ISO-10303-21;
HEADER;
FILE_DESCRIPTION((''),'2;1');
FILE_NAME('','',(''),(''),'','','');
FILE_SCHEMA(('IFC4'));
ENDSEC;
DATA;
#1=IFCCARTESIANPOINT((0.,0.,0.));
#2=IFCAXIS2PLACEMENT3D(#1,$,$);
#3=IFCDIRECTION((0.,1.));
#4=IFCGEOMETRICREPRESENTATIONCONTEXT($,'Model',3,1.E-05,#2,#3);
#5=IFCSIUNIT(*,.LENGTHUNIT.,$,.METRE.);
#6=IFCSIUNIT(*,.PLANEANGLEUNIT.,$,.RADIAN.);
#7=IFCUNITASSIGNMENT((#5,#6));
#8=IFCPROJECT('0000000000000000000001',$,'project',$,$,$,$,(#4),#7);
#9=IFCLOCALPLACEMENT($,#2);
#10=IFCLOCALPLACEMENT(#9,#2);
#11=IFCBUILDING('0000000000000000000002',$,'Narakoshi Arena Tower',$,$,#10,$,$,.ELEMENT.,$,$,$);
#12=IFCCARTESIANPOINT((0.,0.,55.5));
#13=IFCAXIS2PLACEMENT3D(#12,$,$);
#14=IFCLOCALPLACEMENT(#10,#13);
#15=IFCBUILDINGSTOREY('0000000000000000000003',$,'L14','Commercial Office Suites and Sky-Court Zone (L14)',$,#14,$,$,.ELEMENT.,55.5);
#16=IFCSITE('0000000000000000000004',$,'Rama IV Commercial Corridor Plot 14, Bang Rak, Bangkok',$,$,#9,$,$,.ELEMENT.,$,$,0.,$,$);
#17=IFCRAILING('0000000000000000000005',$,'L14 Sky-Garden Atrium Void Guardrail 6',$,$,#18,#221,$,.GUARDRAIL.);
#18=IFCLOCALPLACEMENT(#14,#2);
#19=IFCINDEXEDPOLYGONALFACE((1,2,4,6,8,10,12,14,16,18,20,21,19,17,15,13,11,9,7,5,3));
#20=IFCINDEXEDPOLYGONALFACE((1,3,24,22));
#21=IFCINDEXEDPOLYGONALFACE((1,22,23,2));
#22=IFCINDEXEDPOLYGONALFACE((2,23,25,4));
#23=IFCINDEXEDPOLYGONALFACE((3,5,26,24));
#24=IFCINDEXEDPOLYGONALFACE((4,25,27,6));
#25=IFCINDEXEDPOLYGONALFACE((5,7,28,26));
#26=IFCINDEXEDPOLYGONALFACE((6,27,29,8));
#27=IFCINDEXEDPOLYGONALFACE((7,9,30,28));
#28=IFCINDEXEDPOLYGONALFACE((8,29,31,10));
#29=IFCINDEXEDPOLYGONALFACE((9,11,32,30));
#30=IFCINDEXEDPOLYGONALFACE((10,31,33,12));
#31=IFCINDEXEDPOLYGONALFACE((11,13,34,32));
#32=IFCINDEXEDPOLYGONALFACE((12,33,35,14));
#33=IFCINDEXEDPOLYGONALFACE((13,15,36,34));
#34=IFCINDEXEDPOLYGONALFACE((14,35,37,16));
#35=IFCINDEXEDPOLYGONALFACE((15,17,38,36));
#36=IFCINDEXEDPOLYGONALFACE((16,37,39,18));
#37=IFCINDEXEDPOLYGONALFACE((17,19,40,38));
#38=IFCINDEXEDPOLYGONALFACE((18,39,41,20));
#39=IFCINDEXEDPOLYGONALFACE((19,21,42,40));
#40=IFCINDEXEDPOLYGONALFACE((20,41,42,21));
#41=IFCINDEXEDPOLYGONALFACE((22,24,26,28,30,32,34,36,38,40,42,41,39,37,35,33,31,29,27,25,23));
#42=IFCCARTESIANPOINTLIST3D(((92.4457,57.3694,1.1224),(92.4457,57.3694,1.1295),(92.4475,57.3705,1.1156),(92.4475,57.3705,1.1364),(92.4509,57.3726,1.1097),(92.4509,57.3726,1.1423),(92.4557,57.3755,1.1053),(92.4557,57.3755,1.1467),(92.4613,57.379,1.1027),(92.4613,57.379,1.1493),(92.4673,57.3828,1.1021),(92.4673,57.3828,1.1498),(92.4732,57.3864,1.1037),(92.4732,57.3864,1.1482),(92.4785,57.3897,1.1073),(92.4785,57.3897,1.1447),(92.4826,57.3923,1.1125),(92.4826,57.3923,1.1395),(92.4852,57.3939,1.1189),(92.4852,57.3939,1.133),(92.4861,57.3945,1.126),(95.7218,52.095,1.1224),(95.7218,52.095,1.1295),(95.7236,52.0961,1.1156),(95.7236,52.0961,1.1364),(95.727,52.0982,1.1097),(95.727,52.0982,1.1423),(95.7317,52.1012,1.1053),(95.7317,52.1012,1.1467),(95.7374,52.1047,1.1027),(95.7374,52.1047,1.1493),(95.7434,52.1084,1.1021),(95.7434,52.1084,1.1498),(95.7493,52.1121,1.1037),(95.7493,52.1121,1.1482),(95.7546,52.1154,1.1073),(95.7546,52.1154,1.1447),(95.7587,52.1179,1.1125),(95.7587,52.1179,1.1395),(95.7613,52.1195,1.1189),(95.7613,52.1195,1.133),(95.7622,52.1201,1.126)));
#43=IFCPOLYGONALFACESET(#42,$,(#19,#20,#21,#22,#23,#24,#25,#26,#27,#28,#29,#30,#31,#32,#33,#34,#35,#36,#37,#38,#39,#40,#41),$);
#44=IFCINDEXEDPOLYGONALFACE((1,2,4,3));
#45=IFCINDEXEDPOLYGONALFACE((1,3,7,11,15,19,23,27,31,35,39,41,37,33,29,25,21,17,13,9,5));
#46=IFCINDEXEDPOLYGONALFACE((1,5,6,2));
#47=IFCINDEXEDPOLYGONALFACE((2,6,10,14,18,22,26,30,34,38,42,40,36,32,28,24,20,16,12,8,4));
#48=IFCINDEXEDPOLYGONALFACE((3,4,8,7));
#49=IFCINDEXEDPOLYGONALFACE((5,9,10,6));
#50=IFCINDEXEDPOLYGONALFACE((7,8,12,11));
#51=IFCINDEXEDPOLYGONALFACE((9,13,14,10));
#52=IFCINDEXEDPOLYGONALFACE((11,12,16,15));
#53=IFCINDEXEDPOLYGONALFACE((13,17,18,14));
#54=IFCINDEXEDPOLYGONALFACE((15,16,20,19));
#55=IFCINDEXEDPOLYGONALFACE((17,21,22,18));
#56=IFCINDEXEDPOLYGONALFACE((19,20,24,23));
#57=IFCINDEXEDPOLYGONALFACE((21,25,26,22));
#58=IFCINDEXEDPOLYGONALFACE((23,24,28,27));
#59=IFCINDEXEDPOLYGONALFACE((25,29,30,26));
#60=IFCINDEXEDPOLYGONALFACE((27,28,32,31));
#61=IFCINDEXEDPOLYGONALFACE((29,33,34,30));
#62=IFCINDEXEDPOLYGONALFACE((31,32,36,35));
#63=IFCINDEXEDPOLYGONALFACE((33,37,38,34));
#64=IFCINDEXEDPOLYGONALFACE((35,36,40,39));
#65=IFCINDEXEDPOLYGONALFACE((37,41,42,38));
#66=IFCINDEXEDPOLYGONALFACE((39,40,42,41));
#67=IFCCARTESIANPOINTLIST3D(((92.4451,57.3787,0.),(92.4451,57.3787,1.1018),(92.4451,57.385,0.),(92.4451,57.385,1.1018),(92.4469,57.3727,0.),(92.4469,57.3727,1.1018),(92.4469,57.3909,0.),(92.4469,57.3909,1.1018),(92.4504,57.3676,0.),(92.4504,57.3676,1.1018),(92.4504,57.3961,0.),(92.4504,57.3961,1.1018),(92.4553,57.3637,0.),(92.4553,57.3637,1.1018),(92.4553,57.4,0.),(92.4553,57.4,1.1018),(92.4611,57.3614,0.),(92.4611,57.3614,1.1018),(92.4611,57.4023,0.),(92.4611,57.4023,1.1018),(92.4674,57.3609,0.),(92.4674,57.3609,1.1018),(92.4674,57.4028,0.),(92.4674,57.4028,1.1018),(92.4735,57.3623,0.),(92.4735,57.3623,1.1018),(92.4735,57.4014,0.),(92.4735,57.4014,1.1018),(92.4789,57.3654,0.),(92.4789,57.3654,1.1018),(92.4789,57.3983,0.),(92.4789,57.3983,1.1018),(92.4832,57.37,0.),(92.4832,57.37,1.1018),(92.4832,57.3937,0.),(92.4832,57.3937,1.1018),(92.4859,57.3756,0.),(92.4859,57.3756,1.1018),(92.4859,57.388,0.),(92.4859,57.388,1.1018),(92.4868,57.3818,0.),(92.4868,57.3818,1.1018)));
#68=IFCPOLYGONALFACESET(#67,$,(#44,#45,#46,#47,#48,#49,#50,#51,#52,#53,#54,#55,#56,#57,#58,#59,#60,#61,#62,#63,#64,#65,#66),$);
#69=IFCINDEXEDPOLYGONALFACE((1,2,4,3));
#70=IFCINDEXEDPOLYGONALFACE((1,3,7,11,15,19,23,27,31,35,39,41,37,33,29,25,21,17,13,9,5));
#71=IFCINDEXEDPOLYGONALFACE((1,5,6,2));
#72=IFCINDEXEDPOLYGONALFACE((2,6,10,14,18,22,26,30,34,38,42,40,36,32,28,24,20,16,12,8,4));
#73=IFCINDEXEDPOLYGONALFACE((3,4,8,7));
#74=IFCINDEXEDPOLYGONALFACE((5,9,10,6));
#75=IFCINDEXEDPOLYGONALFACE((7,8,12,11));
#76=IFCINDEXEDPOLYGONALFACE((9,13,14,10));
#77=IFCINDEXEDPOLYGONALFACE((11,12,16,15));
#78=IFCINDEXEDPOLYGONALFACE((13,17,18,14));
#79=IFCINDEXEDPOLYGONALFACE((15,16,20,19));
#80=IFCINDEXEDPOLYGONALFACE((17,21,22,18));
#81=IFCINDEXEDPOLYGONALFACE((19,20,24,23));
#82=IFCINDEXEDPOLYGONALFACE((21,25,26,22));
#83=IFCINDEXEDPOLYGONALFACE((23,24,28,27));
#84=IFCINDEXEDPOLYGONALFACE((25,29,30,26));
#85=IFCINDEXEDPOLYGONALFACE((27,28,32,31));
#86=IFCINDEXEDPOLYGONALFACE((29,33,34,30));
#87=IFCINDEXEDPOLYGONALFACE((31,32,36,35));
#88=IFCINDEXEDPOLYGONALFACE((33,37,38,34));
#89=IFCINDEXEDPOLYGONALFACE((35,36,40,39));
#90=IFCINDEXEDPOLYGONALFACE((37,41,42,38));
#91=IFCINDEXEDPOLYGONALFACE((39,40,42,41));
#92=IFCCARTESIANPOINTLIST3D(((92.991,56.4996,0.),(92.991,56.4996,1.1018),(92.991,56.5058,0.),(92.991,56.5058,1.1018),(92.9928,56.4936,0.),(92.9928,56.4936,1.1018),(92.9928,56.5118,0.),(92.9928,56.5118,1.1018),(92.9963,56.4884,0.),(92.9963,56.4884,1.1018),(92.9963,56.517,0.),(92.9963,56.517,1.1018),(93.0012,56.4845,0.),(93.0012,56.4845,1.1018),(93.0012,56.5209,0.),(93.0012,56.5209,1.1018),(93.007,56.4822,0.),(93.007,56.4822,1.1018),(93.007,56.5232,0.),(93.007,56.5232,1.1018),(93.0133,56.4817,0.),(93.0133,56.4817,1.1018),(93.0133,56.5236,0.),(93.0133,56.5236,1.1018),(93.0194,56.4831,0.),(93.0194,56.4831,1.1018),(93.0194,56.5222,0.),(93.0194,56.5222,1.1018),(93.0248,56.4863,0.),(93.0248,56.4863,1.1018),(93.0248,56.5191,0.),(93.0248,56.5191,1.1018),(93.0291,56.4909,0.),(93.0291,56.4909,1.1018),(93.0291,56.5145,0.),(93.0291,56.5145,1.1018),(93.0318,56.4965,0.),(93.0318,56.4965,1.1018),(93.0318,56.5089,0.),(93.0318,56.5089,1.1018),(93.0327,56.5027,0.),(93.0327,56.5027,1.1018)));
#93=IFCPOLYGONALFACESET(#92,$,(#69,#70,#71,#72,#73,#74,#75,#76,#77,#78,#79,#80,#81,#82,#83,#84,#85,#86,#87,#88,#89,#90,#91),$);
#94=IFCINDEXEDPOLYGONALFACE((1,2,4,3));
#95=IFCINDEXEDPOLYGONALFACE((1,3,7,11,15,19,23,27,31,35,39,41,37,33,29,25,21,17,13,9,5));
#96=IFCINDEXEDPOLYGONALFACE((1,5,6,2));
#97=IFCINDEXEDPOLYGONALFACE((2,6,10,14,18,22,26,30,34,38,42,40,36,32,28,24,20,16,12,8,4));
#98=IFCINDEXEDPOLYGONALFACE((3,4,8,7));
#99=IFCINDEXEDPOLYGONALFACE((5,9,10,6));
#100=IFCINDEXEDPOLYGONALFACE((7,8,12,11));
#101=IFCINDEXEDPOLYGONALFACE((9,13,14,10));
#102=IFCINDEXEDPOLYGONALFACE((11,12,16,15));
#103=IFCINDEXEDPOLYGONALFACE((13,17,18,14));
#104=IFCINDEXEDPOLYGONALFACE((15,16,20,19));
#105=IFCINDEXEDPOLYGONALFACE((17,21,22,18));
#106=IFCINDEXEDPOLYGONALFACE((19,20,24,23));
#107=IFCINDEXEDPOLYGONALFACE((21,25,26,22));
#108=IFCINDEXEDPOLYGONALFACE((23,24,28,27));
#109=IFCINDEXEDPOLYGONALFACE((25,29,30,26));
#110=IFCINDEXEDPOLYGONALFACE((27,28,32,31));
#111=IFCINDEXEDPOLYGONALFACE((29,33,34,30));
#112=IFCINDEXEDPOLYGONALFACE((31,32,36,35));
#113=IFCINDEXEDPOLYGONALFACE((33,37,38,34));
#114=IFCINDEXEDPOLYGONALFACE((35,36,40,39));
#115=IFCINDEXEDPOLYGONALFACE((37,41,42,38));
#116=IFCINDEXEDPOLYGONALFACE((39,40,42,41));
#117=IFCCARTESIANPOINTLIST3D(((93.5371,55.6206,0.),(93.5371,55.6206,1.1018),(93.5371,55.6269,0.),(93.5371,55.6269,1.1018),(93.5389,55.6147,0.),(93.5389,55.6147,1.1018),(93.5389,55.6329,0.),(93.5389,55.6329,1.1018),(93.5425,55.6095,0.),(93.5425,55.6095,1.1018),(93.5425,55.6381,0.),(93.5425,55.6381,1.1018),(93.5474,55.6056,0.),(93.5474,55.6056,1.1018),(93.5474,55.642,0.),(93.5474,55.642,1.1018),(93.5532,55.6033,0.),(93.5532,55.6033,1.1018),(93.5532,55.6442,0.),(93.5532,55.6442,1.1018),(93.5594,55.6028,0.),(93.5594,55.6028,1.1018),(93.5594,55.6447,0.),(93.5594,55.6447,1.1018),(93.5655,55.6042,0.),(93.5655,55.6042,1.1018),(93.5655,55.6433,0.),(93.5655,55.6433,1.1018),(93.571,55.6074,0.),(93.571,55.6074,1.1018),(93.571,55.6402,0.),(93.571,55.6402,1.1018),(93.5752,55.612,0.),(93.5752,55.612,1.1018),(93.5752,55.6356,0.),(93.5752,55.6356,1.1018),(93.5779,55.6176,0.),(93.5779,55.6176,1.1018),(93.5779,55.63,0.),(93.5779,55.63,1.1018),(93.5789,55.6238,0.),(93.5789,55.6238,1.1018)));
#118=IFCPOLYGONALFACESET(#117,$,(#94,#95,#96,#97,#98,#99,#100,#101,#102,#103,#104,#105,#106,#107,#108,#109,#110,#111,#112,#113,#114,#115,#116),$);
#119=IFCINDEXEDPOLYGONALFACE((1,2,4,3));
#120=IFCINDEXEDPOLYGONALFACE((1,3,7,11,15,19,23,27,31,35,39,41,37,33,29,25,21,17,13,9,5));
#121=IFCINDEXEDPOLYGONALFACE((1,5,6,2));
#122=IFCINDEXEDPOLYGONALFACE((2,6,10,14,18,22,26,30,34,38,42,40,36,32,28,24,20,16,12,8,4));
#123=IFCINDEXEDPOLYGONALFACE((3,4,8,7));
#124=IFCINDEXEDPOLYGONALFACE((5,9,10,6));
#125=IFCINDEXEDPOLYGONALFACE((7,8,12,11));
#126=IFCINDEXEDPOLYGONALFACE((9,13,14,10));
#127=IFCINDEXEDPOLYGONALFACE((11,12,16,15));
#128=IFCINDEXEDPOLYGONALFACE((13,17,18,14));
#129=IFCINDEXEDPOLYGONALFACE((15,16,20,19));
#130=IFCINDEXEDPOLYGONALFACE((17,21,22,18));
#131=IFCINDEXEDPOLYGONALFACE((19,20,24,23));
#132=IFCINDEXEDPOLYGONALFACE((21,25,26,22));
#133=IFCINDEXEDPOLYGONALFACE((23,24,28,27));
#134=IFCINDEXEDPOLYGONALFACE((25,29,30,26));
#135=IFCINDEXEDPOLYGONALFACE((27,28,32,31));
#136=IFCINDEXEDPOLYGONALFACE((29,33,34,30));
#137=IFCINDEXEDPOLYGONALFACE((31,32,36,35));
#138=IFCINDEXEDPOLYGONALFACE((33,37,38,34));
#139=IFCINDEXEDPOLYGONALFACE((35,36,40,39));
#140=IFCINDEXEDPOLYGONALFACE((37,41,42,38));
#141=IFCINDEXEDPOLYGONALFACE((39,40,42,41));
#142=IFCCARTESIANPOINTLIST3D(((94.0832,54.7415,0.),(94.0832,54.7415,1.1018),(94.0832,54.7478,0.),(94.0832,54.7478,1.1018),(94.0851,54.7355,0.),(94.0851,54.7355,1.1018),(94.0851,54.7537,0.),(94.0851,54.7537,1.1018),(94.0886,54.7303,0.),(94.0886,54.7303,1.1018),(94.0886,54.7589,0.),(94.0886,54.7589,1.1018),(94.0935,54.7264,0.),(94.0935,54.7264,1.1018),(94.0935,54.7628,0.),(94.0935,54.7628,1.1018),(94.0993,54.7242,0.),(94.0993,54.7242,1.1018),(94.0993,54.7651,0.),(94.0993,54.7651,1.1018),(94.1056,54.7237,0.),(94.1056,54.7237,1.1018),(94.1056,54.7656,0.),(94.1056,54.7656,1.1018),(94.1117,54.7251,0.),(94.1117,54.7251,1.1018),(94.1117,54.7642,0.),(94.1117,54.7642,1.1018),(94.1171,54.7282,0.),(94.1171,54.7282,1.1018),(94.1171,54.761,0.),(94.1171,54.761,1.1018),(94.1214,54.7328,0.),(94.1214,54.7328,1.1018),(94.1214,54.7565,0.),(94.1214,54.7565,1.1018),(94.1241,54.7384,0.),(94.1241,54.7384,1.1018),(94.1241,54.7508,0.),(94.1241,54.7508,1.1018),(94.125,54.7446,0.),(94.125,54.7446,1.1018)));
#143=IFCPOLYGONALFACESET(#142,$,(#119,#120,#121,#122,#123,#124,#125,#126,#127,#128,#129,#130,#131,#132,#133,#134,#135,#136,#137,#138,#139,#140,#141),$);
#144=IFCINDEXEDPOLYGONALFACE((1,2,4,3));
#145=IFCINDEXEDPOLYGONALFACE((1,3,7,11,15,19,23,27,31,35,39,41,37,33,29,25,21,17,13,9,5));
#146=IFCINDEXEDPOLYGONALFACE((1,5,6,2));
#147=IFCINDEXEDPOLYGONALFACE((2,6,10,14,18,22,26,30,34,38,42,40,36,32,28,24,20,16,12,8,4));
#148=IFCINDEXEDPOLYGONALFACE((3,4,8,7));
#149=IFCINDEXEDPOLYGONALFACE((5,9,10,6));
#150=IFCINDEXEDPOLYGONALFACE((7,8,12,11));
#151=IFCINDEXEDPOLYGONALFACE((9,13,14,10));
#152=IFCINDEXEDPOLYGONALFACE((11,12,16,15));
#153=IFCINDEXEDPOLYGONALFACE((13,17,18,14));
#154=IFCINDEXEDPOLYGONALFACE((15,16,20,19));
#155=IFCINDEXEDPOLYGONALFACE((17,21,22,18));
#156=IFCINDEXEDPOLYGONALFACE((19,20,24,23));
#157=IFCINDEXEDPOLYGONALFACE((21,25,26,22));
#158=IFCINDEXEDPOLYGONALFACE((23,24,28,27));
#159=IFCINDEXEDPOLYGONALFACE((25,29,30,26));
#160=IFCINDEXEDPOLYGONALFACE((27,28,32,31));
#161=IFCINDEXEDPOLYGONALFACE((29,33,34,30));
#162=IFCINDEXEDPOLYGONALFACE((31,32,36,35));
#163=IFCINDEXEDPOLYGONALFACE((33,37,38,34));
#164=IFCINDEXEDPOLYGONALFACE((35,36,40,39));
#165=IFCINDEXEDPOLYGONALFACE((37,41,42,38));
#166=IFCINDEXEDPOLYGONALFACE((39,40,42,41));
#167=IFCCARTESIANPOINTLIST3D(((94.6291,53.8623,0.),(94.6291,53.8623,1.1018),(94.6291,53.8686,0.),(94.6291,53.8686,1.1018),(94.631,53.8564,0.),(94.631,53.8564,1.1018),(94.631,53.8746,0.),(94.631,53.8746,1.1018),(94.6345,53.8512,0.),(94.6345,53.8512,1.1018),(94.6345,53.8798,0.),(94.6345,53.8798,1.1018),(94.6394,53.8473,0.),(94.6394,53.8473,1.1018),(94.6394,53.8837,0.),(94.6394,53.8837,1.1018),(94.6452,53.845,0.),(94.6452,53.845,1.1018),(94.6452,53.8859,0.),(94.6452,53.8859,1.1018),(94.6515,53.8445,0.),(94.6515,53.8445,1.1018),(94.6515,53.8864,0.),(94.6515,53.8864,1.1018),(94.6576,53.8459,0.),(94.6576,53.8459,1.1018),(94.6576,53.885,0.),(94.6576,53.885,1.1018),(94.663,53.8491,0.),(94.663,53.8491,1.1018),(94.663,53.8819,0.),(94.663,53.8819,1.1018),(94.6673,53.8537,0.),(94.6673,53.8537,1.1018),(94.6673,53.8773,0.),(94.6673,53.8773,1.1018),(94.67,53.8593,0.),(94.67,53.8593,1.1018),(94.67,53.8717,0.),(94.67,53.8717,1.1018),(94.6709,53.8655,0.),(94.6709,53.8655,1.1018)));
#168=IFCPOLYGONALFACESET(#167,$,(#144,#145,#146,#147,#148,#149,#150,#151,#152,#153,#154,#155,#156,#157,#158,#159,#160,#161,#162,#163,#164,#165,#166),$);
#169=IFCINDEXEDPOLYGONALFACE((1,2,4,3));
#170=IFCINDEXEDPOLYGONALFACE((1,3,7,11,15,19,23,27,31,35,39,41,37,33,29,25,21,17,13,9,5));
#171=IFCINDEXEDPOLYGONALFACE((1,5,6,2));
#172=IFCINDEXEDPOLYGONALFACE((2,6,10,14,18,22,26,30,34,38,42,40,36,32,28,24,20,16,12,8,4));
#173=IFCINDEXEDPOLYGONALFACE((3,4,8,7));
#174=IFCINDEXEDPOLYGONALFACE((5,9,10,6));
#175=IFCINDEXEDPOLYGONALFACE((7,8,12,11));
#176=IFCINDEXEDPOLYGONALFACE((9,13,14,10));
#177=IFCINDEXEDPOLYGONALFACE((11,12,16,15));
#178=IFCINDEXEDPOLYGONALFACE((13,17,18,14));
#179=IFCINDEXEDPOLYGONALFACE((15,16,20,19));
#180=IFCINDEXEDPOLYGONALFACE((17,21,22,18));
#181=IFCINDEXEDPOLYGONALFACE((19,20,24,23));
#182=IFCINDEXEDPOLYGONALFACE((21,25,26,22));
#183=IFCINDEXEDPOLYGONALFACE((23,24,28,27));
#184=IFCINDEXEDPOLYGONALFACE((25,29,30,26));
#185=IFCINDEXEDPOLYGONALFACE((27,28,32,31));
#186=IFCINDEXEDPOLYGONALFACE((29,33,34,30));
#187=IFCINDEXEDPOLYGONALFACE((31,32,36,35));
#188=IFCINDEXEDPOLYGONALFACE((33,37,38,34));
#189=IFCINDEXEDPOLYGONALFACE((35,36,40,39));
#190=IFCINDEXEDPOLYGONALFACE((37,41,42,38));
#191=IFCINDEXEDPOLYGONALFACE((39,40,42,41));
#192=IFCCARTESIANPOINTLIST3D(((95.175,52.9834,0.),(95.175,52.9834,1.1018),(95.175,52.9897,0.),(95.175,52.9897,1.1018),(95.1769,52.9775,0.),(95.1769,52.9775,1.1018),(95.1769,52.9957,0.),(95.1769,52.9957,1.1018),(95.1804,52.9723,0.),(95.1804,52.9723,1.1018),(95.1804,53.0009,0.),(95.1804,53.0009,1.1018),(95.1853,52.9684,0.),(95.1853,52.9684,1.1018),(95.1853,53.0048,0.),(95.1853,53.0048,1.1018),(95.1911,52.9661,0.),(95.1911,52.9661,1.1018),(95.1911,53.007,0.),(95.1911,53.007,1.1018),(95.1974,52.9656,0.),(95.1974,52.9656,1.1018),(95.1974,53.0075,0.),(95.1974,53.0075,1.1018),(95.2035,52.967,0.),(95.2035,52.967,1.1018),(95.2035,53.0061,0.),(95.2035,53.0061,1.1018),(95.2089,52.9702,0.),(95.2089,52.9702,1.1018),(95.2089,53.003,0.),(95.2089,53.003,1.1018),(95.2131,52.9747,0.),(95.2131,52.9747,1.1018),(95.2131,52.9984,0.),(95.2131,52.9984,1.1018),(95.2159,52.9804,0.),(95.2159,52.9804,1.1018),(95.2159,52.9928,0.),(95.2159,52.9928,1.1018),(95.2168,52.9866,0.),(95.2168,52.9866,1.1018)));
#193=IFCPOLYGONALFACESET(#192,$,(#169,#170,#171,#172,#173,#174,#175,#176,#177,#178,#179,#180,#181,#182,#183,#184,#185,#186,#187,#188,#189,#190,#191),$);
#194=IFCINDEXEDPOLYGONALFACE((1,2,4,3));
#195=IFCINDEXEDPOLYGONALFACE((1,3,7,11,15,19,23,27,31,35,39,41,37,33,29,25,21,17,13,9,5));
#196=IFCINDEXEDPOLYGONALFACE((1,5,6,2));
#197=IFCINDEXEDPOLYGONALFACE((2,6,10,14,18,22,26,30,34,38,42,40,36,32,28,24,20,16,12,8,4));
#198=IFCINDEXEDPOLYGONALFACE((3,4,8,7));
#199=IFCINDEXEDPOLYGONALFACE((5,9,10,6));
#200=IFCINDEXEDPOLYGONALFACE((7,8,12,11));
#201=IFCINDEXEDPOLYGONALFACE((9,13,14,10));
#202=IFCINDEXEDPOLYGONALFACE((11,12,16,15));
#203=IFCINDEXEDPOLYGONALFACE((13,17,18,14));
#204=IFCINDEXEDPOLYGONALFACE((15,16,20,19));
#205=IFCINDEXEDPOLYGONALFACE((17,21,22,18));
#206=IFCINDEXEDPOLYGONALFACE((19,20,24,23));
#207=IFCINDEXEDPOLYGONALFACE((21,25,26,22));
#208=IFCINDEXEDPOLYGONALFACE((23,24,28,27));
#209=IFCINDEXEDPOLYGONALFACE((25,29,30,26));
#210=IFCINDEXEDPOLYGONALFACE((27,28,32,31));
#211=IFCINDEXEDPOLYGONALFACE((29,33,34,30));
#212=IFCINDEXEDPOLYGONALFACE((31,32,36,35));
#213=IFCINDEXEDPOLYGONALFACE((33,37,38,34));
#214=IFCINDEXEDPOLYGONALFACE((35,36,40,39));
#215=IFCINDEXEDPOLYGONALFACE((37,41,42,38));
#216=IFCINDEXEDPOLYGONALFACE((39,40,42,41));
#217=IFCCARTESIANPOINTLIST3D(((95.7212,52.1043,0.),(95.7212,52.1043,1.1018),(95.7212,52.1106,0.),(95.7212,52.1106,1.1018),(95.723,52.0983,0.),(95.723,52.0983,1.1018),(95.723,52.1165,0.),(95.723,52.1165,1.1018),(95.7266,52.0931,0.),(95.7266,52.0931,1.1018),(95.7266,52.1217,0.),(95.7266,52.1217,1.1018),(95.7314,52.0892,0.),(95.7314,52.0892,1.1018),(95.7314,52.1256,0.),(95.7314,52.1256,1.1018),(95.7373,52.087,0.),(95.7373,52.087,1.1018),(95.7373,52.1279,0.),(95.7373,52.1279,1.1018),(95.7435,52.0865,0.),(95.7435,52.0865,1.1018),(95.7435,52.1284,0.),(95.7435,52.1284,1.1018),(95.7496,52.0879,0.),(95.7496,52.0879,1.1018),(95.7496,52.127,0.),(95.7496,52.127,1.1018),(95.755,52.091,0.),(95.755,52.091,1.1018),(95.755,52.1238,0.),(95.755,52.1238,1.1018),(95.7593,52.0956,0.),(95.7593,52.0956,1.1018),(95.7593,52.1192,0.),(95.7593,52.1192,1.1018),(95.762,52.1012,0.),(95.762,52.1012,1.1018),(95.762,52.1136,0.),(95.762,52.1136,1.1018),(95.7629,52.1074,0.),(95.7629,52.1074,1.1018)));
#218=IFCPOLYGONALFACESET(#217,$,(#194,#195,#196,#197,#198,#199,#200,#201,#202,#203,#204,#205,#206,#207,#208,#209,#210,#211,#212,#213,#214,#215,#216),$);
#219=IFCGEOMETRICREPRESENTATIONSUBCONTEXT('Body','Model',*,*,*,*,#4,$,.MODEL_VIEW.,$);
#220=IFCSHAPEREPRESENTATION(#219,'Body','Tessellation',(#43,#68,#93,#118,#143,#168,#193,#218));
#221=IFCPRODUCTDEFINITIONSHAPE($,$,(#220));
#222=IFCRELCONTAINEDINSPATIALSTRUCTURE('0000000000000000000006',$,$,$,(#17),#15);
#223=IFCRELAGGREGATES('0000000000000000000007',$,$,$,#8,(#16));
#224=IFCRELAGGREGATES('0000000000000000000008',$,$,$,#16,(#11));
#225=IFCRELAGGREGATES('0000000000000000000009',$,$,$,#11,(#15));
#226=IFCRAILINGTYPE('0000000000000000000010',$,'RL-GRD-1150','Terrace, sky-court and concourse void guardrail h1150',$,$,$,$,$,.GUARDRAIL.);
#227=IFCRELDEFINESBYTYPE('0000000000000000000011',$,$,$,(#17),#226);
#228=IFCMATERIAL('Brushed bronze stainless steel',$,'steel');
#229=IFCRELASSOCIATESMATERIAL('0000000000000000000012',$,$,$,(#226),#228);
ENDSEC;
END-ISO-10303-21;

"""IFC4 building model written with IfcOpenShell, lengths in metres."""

from ifc_helpers import new_model, si_unit, direction, frame, origin, origin_2d, place, context, subcontext, project, spatial, circle, extrude, material, type_object, element, save


model = new_model("IFC4")

# Units and contexts
model_context = context("Model", 3, precision=1e-05, world=origin(), true_north=direction((0.0, 1.0)))
body_context = subcontext(model_context, "Body", "Model", "MODEL_VIEW")
ifc_project = project(units=[si_unit("LENGTHUNIT", "METRE"), si_unit("PLANEANGLEUNIT", "RADIAN")], contexts=[model_context])

# Site, building, storey
site_placement = place(None, origin())
site = spatial("IfcSite", under=ifc_project, at=site_placement, Name="Rama IV Commercial Corridor Plot 14, Bang Rak, Bangkok", CompositionType="ELEMENT", RefElevation=0.0)
building_placement = place(site_placement, origin())
building = spatial("IfcBuilding", under=site, at=building_placement, Name="Narakoshi Arena Tower", CompositionType="ELEMENT")
storey_placement = place(building_placement, frame((0.0, 0.0, 55.5)))
storey = spatial("IfcBuildingStorey", under=building, at=storey_placement, Name="L14", Description="Commercial Office Suites and Sky-Court Zone (L14)", CompositionType="ELEMENT", Elevation=55.5)

# Railing
ifc_material_1 = material(Name="Brushed bronze stainless steel", Category="steel")
railing_type = type_object("IfcRailingType", Name="RL-GRD-1150", Description="Terrace, sky-court and concourse void guardrail h1150", PredefinedType="GUARDRAIL", material=ifc_material_1)
railing_1_placement = place(storey_placement, frame((92.4658, 57.3818, 0.0)))
element("IfcRailing", 1, at=railing_1_placement, inside=storey, type_object=railing_type, Name="L14 Sky-Garden Atrium Void Guardrail 6", PredefinedType="GUARDRAIL", context=body_context, shape_type="SweptSolid", body=[
    extrude(circle(Radius=0.0239, at=origin_2d()), frame((0.0, 0.0, 1.126), z_axis=(0.527636, -0.849471, 0.0), x_axis=(0.849471, 0.527636, 0.0)), (0.0, 0.0, 1.0), 6.209),
    extrude(circle(Radius=0.021, at=origin_2d()), origin(), (0.0, 0.0, 1.0), 1.1018),
    extrude(circle(Radius=0.021, at=origin_2d()), frame((0.5459, -0.8792, 0.0)), (0.0, 0.0, 1.0), 1.1018),
    extrude(circle(Radius=0.021, at=origin_2d()), frame((1.092, -1.7581, 0.0)), (0.0, 0.0, 1.0), 1.1018),
    extrude(circle(Radius=0.021, at=origin_2d()), frame((1.6382, -2.6372, 0.0)), (0.0, 0.0, 1.0), 1.1018),
    extrude(circle(Radius=0.021, at=origin_2d()), frame((2.1841, -3.5164, 0.0)), (0.0, 0.0, 1.0), 1.1018),
    extrude(circle(Radius=0.021, at=origin_2d()), frame((2.73, -4.3953, 0.0)), (0.0, 0.0, 1.0), 1.1018),
    extrude(circle(Radius=0.021, at=origin_2d()), frame((3.2761, -5.2744, 0.0)), (0.0, 0.0, 1.0), 1.1018),
])

save(model, "model.ifc")
